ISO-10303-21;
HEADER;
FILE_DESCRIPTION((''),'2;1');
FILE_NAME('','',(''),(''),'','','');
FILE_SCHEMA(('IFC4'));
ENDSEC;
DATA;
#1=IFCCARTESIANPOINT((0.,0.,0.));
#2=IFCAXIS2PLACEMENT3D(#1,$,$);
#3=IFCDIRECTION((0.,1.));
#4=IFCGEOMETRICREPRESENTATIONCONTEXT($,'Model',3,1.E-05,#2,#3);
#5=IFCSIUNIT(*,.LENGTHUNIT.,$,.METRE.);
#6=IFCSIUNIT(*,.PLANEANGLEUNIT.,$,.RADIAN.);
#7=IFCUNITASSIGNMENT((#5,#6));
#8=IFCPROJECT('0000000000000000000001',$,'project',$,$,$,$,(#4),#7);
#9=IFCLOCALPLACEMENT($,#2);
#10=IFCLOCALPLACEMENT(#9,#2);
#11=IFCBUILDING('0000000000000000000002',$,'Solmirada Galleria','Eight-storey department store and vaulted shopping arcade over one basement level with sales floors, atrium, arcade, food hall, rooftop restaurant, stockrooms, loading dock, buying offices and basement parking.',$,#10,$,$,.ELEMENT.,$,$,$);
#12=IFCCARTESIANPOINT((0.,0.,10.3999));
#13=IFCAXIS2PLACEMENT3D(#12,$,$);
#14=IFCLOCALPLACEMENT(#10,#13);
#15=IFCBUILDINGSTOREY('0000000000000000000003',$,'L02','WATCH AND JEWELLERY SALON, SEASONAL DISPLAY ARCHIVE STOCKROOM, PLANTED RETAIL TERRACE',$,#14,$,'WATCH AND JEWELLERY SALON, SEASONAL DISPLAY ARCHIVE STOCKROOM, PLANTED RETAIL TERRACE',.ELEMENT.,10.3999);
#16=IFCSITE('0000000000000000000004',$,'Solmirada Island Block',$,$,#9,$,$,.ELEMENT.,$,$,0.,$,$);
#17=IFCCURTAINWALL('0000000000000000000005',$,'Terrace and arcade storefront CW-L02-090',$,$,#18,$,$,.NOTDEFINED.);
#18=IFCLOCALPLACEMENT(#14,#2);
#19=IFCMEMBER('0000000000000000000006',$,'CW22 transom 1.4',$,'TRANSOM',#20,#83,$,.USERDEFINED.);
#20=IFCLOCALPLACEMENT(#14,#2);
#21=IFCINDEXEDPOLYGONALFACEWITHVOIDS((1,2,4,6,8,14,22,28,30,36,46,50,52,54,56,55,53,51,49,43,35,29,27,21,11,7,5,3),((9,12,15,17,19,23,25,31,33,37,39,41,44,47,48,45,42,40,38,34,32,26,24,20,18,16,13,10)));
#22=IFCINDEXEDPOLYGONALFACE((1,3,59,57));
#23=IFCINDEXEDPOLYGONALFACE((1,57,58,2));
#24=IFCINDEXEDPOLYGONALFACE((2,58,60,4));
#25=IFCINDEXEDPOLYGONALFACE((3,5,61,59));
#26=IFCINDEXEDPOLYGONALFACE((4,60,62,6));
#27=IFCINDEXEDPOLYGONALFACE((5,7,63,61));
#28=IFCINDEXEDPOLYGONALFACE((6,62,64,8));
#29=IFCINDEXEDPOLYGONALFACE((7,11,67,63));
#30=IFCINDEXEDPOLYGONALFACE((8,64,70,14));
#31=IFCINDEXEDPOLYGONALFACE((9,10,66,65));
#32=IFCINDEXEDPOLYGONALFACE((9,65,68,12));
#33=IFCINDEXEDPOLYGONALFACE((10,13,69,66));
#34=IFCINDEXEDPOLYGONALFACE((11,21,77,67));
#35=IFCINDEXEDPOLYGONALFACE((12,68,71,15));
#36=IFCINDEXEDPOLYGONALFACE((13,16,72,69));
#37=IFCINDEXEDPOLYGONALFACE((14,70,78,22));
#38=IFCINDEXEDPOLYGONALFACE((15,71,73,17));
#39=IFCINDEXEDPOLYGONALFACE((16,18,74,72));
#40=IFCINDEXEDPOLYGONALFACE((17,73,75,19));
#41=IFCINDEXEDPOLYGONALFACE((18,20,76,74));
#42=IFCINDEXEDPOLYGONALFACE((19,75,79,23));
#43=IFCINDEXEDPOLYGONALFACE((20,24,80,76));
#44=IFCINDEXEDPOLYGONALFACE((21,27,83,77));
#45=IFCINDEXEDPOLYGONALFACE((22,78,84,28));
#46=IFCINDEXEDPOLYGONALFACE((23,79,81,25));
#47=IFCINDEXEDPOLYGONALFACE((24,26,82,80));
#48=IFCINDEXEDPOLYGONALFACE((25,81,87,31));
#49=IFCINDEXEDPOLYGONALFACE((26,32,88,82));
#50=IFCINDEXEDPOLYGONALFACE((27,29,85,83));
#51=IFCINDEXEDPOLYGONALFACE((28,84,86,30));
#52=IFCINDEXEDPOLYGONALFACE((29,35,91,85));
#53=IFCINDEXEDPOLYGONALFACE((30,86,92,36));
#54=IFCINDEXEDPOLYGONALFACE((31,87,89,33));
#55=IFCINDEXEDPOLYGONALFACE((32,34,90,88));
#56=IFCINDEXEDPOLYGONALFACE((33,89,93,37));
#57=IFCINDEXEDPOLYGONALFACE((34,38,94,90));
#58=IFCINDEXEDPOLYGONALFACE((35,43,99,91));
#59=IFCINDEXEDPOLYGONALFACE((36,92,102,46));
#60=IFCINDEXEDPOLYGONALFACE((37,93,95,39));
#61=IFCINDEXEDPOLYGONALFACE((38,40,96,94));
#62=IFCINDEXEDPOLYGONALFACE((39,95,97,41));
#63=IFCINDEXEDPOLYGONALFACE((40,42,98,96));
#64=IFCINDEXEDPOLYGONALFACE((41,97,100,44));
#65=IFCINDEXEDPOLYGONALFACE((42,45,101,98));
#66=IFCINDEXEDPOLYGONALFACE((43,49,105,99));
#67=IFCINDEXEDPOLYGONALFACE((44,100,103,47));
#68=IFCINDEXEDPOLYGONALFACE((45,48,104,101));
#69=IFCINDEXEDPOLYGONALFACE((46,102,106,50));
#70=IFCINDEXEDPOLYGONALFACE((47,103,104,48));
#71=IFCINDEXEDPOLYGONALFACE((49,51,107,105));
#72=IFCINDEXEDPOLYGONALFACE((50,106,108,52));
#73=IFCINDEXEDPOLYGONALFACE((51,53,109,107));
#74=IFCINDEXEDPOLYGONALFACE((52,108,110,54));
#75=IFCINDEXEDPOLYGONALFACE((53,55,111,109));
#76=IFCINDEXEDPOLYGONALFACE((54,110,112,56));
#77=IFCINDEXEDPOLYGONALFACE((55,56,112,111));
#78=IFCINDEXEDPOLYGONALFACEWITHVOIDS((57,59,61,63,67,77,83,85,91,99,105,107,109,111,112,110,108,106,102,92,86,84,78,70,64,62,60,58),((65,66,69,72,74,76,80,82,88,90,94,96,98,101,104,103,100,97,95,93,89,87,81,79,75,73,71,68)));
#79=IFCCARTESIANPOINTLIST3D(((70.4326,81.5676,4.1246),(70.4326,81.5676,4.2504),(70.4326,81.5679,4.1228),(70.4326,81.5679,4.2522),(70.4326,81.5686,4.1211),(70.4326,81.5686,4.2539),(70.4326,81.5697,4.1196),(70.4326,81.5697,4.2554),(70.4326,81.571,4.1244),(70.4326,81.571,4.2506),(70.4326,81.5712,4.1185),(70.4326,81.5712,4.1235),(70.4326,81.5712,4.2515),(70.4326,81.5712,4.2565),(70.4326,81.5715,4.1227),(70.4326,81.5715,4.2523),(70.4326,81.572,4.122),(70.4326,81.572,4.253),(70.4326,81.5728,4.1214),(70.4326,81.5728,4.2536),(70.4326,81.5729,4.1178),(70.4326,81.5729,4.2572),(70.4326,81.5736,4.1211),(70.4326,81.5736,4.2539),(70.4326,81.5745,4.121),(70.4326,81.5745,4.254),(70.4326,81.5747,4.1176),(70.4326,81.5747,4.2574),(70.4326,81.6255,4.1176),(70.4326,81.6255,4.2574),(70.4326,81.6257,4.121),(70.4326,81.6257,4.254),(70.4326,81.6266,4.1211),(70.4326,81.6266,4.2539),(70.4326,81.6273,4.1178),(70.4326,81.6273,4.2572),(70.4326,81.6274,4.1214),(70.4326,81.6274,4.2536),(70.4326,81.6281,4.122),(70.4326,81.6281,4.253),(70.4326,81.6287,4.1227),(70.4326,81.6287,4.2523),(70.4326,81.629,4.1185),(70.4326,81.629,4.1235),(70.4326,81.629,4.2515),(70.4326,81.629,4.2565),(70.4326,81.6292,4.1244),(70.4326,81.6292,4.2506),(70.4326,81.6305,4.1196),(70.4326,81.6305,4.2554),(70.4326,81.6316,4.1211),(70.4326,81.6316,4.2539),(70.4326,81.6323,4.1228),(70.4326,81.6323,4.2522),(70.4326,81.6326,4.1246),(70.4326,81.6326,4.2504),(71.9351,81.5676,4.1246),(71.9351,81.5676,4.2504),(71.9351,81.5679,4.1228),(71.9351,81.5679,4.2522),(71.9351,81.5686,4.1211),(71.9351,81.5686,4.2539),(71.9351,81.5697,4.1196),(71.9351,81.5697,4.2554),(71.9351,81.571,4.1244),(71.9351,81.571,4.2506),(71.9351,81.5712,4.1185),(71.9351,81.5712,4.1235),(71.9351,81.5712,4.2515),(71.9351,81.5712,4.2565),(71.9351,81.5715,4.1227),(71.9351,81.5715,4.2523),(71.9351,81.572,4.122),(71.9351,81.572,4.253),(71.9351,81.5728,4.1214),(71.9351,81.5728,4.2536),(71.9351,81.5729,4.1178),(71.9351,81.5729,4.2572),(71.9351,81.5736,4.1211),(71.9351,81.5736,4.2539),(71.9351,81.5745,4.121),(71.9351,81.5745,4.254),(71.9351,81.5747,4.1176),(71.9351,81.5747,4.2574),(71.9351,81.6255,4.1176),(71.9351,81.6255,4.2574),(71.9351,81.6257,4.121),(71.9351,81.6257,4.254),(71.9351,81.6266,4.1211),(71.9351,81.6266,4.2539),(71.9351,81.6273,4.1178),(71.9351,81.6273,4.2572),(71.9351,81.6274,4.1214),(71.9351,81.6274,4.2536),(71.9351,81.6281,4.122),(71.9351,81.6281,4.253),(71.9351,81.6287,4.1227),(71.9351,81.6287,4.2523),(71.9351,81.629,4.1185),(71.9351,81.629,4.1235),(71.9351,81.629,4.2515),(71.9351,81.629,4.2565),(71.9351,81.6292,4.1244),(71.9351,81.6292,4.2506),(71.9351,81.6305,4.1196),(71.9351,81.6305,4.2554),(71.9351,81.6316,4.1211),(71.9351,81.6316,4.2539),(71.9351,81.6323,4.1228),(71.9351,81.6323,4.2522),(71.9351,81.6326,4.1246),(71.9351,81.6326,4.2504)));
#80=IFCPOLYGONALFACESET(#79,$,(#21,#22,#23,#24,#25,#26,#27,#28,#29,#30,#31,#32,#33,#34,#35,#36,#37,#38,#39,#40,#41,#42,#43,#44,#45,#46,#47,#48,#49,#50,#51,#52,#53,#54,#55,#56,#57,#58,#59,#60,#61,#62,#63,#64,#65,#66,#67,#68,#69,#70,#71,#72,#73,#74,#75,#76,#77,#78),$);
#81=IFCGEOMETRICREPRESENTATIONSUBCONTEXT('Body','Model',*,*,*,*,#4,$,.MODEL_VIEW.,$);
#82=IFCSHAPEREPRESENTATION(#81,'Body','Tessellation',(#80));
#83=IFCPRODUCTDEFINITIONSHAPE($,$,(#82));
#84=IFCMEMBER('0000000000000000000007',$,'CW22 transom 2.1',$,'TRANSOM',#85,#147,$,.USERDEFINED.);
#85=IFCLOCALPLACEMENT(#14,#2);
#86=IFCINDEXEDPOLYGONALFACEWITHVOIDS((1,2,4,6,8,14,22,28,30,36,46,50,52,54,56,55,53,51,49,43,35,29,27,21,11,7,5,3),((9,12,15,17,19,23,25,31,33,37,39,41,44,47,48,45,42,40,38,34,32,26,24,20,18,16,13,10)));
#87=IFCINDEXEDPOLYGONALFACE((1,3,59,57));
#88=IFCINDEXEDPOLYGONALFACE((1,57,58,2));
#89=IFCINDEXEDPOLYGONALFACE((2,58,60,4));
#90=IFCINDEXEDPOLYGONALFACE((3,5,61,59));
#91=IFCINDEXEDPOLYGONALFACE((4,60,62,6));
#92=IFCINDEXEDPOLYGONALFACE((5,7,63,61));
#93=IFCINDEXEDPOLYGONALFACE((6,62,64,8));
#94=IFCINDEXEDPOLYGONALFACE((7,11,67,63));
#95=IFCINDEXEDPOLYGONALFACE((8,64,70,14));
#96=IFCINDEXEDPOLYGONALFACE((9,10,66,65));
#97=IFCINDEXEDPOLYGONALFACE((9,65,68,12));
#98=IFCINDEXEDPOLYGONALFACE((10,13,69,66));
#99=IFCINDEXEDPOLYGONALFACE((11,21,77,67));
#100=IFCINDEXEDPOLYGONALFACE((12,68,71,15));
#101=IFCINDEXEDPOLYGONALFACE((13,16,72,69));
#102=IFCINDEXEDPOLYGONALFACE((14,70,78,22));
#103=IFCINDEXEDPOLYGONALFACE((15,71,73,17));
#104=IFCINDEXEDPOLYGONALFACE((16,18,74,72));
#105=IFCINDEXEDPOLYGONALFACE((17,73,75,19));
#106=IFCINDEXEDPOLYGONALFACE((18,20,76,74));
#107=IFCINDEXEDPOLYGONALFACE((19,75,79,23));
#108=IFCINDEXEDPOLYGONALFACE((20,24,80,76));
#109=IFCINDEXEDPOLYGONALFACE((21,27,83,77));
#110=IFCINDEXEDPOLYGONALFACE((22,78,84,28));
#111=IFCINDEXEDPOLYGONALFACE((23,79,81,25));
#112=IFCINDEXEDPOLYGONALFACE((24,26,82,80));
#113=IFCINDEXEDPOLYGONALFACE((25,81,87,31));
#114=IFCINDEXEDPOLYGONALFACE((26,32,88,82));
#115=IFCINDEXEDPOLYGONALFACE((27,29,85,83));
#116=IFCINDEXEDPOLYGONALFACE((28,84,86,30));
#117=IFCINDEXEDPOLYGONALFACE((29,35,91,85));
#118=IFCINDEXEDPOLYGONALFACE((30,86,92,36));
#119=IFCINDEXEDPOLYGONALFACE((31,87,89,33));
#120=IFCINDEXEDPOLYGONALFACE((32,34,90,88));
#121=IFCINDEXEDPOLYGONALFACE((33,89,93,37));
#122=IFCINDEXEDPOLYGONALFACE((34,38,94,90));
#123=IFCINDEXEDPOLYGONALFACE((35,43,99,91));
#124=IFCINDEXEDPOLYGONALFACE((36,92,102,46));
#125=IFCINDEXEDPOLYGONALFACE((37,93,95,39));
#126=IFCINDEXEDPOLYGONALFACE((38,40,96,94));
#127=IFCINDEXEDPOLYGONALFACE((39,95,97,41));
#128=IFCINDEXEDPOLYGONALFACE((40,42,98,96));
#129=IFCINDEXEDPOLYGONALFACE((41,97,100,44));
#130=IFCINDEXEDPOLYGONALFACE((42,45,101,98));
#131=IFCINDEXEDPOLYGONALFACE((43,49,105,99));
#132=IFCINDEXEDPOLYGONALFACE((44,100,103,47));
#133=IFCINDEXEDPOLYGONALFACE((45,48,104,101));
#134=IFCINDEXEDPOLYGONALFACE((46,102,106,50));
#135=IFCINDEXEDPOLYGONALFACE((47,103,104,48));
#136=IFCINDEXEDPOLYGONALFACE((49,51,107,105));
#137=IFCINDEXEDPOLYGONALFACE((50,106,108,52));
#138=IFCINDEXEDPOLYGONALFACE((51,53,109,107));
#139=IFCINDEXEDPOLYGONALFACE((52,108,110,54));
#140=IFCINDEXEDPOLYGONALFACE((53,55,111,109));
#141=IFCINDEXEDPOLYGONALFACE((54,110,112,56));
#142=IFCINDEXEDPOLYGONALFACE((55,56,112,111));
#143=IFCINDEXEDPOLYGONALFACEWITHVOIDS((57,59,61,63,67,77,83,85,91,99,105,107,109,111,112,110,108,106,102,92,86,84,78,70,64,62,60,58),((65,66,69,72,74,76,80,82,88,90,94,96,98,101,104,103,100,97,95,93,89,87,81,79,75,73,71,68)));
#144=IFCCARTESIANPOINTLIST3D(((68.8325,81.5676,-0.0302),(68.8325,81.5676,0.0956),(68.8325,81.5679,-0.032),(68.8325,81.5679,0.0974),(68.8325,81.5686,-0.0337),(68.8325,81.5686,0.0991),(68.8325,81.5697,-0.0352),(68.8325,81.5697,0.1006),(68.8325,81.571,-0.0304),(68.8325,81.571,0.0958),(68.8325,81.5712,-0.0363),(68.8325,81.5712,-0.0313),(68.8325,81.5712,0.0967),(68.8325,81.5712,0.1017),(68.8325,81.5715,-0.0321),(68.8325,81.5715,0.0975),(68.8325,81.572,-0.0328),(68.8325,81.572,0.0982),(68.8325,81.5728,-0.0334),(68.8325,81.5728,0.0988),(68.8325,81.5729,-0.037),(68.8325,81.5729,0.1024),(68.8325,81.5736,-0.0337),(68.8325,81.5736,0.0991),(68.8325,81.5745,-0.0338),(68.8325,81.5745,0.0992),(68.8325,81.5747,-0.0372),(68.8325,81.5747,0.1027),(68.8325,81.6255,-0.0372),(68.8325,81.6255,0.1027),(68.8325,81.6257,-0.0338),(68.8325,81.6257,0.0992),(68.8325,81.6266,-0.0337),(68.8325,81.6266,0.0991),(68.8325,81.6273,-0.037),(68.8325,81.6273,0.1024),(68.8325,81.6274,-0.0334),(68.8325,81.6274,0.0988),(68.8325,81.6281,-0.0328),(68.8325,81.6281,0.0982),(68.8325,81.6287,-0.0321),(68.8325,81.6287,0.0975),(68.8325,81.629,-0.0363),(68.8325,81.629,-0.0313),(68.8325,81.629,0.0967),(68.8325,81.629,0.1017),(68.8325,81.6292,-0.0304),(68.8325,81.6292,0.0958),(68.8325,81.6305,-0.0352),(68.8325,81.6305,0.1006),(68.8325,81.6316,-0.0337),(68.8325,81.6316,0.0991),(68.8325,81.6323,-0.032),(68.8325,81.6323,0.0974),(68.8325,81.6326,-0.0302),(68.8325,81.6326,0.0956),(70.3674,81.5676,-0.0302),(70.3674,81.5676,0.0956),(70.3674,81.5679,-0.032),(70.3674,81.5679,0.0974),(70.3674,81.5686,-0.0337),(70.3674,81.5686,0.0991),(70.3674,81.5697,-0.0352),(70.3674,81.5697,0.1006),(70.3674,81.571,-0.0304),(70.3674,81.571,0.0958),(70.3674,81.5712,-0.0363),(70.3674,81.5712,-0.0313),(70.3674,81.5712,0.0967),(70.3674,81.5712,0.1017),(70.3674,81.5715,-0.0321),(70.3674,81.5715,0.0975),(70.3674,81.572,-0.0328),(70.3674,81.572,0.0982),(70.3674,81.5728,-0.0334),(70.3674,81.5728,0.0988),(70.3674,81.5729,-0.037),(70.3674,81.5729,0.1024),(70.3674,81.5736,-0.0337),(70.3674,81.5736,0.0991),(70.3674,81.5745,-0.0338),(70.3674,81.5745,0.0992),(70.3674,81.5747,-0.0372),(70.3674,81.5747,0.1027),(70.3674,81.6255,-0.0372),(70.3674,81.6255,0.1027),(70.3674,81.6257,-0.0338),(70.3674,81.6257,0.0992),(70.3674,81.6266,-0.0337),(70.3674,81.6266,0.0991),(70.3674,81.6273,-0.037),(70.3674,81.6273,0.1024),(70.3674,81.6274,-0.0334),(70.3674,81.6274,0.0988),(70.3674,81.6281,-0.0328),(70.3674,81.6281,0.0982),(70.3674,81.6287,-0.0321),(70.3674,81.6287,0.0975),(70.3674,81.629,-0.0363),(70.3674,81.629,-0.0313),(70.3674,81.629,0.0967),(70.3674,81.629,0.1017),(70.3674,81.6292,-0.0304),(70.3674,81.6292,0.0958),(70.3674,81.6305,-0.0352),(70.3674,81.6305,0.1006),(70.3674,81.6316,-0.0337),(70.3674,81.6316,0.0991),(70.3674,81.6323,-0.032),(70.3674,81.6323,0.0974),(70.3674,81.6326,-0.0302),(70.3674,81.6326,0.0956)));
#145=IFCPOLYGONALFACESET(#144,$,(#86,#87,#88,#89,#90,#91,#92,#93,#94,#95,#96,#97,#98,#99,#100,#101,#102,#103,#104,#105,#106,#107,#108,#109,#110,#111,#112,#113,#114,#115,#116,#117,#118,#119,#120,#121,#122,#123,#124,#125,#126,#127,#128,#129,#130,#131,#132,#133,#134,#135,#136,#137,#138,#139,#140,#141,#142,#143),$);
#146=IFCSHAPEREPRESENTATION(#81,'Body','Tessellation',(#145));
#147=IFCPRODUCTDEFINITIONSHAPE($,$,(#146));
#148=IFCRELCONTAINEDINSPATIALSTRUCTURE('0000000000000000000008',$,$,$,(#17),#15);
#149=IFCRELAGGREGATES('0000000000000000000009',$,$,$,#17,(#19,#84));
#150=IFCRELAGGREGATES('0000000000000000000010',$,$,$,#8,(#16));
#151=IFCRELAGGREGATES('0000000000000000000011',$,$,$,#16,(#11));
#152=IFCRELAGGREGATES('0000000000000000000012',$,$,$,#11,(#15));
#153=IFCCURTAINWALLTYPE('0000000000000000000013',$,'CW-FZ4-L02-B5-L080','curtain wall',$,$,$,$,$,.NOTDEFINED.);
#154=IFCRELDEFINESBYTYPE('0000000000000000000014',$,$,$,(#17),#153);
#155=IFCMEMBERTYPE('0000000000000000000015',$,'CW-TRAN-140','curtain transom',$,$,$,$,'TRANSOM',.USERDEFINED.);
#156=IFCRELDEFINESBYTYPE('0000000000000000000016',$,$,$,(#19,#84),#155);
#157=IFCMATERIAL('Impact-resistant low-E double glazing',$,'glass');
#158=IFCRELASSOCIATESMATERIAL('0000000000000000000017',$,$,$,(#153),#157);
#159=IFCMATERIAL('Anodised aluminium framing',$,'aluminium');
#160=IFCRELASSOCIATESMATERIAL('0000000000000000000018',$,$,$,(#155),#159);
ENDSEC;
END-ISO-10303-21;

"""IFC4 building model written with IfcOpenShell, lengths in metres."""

from ifc_helpers import new_model, si_unit, direction, frame, origin, origin_2d, place, context, subcontext, project, spatial, hollow_rectangle, extrude, material, material_profile, profile_set, type_object, element, aggregate, save


model = new_model("IFC4")

# Units and contexts
model_context = context("Model", 3, precision=1e-05, world=origin(), true_north=direction((0.0, 1.0)))
body_context = subcontext(model_context, "Body", "Model", "MODEL_VIEW")
ifc_project = project(units=[si_unit("LENGTHUNIT", "METRE"), si_unit("PLANEANGLEUNIT", "RADIAN")], contexts=[model_context])

# Site, building, storey
site_placement = place(None, origin())
site = spatial("IfcSite", under=ifc_project, at=site_placement, Name="Solmirada Island Block", CompositionType="ELEMENT", RefElevation=0.0)
building_placement = place(site_placement, origin())
building = spatial("IfcBuilding", under=site, at=building_placement, Name="Solmirada Galleria", Description="Eight-storey department store and vaulted shopping arcade over one basement level with sales floors, atrium, arcade, food hall, rooftop restaurant, stockrooms, loading dock, buying offices and basement parking.", CompositionType="ELEMENT")
storey_placement = place(building_placement, frame((0.0, 0.0, 10.3999)))
storey = spatial("IfcBuildingStorey", under=building, at=storey_placement, Name="L02", Description="WATCH AND JEWELLERY SALON, SEASONAL DISPLAY ARCHIVE STOCKROOM, PLANTED RETAIL TERRACE", LongName="WATCH AND JEWELLERY SALON, SEASONAL DISPLAY ARCHIVE STOCKROOM, PLANTED RETAIL TERRACE", CompositionType="ELEMENT", Elevation=10.3999)

# Shared definitions
ifc_material_1 = material(Name="Impact-resistant low-E double glazing", Category="glass")
curtain_wall_type = type_object("IfcCurtainWallType", Name="CW-FZ4-L02-B5-L080", Description="curtain wall", PredefinedType="NOTDEFINED", material=ifc_material_1)
ifc_material_2 = material(Name="Anodised aluminium framing", Category="aluminium")

# Curtain wall
curtain_wall_1_placement = place(storey_placement, origin())
curtain_wall_1 = element("IfcCurtainWall", 1, at=curtain_wall_1_placement, inside=storey, type_object=curtain_wall_type, Name="Terrace and arcade storefront CW-L02-090", PredefinedType="NOTDEFINED")

# Members
ifc_material_profile_1 = material_profile(ifc_material_2, hollow_rectangle(XDim=0.0649, YDim=0.1399, WallThickness=0.0034, InnerFilletRadius=0.0034, OuterFilletRadius=0.0071, at=origin_2d()), Name="ALU-TRAN-140X65")
ifc_profile_set_1 = profile_set([ifc_material_profile_1], Name="Anodised aluminium framing")
member_type_1 = type_object("IfcMemberType", Name="CW-TRAN-140", Description="curtain transom", ElementType="TRANSOM", PredefinedType="USERDEFINED", material=ifc_profile_set_1)
member_1_placement = place(storey_placement, frame((71.9351, 81.6001, 4.1875), z_axis=(-1.0, 0.0, 0.0), x_axis=(0.0, -1.0, 0.0)))
member_1 = element("IfcMember", 2, at=member_1_placement, type_object=member_type_1, Name="CW22 transom 1.4", ObjectType="TRANSOM", PredefinedType="USERDEFINED", context=body_context, shape_type="SweptSolid", body=[
    extrude(hollow_rectangle(XDim=0.0649, YDim=0.1399, WallThickness=0.0034, InnerFilletRadius=0.0034, OuterFilletRadius=0.0071, at=origin_2d()), origin(), (0.0, 0.0, 1.0), 1.5024),
])
member_2_placement = place(storey_placement, frame((70.3674, 81.6001, 0.0327), z_axis=(-1.0, 0.0, 0.0), x_axis=(0.0, -1.0, 0.0)))
member_2 = element("IfcMember", 3, at=member_2_placement, type_object=member_type_1, Name="CW22 transom 2.1", ObjectType="TRANSOM", PredefinedType="USERDEFINED", context=body_context, shape_type="SweptSolid", body=[
    extrude(hollow_rectangle(XDim=0.0649, YDim=0.1399, WallThickness=0.0034, InnerFilletRadius=0.0034, OuterFilletRadius=0.0071, at=origin_2d()), origin(), (0.0, 0.0, 1.0), 1.5349),
])

aggregate(curtain_wall_1, [member_1, member_2])

save(model, "model.ifc")
